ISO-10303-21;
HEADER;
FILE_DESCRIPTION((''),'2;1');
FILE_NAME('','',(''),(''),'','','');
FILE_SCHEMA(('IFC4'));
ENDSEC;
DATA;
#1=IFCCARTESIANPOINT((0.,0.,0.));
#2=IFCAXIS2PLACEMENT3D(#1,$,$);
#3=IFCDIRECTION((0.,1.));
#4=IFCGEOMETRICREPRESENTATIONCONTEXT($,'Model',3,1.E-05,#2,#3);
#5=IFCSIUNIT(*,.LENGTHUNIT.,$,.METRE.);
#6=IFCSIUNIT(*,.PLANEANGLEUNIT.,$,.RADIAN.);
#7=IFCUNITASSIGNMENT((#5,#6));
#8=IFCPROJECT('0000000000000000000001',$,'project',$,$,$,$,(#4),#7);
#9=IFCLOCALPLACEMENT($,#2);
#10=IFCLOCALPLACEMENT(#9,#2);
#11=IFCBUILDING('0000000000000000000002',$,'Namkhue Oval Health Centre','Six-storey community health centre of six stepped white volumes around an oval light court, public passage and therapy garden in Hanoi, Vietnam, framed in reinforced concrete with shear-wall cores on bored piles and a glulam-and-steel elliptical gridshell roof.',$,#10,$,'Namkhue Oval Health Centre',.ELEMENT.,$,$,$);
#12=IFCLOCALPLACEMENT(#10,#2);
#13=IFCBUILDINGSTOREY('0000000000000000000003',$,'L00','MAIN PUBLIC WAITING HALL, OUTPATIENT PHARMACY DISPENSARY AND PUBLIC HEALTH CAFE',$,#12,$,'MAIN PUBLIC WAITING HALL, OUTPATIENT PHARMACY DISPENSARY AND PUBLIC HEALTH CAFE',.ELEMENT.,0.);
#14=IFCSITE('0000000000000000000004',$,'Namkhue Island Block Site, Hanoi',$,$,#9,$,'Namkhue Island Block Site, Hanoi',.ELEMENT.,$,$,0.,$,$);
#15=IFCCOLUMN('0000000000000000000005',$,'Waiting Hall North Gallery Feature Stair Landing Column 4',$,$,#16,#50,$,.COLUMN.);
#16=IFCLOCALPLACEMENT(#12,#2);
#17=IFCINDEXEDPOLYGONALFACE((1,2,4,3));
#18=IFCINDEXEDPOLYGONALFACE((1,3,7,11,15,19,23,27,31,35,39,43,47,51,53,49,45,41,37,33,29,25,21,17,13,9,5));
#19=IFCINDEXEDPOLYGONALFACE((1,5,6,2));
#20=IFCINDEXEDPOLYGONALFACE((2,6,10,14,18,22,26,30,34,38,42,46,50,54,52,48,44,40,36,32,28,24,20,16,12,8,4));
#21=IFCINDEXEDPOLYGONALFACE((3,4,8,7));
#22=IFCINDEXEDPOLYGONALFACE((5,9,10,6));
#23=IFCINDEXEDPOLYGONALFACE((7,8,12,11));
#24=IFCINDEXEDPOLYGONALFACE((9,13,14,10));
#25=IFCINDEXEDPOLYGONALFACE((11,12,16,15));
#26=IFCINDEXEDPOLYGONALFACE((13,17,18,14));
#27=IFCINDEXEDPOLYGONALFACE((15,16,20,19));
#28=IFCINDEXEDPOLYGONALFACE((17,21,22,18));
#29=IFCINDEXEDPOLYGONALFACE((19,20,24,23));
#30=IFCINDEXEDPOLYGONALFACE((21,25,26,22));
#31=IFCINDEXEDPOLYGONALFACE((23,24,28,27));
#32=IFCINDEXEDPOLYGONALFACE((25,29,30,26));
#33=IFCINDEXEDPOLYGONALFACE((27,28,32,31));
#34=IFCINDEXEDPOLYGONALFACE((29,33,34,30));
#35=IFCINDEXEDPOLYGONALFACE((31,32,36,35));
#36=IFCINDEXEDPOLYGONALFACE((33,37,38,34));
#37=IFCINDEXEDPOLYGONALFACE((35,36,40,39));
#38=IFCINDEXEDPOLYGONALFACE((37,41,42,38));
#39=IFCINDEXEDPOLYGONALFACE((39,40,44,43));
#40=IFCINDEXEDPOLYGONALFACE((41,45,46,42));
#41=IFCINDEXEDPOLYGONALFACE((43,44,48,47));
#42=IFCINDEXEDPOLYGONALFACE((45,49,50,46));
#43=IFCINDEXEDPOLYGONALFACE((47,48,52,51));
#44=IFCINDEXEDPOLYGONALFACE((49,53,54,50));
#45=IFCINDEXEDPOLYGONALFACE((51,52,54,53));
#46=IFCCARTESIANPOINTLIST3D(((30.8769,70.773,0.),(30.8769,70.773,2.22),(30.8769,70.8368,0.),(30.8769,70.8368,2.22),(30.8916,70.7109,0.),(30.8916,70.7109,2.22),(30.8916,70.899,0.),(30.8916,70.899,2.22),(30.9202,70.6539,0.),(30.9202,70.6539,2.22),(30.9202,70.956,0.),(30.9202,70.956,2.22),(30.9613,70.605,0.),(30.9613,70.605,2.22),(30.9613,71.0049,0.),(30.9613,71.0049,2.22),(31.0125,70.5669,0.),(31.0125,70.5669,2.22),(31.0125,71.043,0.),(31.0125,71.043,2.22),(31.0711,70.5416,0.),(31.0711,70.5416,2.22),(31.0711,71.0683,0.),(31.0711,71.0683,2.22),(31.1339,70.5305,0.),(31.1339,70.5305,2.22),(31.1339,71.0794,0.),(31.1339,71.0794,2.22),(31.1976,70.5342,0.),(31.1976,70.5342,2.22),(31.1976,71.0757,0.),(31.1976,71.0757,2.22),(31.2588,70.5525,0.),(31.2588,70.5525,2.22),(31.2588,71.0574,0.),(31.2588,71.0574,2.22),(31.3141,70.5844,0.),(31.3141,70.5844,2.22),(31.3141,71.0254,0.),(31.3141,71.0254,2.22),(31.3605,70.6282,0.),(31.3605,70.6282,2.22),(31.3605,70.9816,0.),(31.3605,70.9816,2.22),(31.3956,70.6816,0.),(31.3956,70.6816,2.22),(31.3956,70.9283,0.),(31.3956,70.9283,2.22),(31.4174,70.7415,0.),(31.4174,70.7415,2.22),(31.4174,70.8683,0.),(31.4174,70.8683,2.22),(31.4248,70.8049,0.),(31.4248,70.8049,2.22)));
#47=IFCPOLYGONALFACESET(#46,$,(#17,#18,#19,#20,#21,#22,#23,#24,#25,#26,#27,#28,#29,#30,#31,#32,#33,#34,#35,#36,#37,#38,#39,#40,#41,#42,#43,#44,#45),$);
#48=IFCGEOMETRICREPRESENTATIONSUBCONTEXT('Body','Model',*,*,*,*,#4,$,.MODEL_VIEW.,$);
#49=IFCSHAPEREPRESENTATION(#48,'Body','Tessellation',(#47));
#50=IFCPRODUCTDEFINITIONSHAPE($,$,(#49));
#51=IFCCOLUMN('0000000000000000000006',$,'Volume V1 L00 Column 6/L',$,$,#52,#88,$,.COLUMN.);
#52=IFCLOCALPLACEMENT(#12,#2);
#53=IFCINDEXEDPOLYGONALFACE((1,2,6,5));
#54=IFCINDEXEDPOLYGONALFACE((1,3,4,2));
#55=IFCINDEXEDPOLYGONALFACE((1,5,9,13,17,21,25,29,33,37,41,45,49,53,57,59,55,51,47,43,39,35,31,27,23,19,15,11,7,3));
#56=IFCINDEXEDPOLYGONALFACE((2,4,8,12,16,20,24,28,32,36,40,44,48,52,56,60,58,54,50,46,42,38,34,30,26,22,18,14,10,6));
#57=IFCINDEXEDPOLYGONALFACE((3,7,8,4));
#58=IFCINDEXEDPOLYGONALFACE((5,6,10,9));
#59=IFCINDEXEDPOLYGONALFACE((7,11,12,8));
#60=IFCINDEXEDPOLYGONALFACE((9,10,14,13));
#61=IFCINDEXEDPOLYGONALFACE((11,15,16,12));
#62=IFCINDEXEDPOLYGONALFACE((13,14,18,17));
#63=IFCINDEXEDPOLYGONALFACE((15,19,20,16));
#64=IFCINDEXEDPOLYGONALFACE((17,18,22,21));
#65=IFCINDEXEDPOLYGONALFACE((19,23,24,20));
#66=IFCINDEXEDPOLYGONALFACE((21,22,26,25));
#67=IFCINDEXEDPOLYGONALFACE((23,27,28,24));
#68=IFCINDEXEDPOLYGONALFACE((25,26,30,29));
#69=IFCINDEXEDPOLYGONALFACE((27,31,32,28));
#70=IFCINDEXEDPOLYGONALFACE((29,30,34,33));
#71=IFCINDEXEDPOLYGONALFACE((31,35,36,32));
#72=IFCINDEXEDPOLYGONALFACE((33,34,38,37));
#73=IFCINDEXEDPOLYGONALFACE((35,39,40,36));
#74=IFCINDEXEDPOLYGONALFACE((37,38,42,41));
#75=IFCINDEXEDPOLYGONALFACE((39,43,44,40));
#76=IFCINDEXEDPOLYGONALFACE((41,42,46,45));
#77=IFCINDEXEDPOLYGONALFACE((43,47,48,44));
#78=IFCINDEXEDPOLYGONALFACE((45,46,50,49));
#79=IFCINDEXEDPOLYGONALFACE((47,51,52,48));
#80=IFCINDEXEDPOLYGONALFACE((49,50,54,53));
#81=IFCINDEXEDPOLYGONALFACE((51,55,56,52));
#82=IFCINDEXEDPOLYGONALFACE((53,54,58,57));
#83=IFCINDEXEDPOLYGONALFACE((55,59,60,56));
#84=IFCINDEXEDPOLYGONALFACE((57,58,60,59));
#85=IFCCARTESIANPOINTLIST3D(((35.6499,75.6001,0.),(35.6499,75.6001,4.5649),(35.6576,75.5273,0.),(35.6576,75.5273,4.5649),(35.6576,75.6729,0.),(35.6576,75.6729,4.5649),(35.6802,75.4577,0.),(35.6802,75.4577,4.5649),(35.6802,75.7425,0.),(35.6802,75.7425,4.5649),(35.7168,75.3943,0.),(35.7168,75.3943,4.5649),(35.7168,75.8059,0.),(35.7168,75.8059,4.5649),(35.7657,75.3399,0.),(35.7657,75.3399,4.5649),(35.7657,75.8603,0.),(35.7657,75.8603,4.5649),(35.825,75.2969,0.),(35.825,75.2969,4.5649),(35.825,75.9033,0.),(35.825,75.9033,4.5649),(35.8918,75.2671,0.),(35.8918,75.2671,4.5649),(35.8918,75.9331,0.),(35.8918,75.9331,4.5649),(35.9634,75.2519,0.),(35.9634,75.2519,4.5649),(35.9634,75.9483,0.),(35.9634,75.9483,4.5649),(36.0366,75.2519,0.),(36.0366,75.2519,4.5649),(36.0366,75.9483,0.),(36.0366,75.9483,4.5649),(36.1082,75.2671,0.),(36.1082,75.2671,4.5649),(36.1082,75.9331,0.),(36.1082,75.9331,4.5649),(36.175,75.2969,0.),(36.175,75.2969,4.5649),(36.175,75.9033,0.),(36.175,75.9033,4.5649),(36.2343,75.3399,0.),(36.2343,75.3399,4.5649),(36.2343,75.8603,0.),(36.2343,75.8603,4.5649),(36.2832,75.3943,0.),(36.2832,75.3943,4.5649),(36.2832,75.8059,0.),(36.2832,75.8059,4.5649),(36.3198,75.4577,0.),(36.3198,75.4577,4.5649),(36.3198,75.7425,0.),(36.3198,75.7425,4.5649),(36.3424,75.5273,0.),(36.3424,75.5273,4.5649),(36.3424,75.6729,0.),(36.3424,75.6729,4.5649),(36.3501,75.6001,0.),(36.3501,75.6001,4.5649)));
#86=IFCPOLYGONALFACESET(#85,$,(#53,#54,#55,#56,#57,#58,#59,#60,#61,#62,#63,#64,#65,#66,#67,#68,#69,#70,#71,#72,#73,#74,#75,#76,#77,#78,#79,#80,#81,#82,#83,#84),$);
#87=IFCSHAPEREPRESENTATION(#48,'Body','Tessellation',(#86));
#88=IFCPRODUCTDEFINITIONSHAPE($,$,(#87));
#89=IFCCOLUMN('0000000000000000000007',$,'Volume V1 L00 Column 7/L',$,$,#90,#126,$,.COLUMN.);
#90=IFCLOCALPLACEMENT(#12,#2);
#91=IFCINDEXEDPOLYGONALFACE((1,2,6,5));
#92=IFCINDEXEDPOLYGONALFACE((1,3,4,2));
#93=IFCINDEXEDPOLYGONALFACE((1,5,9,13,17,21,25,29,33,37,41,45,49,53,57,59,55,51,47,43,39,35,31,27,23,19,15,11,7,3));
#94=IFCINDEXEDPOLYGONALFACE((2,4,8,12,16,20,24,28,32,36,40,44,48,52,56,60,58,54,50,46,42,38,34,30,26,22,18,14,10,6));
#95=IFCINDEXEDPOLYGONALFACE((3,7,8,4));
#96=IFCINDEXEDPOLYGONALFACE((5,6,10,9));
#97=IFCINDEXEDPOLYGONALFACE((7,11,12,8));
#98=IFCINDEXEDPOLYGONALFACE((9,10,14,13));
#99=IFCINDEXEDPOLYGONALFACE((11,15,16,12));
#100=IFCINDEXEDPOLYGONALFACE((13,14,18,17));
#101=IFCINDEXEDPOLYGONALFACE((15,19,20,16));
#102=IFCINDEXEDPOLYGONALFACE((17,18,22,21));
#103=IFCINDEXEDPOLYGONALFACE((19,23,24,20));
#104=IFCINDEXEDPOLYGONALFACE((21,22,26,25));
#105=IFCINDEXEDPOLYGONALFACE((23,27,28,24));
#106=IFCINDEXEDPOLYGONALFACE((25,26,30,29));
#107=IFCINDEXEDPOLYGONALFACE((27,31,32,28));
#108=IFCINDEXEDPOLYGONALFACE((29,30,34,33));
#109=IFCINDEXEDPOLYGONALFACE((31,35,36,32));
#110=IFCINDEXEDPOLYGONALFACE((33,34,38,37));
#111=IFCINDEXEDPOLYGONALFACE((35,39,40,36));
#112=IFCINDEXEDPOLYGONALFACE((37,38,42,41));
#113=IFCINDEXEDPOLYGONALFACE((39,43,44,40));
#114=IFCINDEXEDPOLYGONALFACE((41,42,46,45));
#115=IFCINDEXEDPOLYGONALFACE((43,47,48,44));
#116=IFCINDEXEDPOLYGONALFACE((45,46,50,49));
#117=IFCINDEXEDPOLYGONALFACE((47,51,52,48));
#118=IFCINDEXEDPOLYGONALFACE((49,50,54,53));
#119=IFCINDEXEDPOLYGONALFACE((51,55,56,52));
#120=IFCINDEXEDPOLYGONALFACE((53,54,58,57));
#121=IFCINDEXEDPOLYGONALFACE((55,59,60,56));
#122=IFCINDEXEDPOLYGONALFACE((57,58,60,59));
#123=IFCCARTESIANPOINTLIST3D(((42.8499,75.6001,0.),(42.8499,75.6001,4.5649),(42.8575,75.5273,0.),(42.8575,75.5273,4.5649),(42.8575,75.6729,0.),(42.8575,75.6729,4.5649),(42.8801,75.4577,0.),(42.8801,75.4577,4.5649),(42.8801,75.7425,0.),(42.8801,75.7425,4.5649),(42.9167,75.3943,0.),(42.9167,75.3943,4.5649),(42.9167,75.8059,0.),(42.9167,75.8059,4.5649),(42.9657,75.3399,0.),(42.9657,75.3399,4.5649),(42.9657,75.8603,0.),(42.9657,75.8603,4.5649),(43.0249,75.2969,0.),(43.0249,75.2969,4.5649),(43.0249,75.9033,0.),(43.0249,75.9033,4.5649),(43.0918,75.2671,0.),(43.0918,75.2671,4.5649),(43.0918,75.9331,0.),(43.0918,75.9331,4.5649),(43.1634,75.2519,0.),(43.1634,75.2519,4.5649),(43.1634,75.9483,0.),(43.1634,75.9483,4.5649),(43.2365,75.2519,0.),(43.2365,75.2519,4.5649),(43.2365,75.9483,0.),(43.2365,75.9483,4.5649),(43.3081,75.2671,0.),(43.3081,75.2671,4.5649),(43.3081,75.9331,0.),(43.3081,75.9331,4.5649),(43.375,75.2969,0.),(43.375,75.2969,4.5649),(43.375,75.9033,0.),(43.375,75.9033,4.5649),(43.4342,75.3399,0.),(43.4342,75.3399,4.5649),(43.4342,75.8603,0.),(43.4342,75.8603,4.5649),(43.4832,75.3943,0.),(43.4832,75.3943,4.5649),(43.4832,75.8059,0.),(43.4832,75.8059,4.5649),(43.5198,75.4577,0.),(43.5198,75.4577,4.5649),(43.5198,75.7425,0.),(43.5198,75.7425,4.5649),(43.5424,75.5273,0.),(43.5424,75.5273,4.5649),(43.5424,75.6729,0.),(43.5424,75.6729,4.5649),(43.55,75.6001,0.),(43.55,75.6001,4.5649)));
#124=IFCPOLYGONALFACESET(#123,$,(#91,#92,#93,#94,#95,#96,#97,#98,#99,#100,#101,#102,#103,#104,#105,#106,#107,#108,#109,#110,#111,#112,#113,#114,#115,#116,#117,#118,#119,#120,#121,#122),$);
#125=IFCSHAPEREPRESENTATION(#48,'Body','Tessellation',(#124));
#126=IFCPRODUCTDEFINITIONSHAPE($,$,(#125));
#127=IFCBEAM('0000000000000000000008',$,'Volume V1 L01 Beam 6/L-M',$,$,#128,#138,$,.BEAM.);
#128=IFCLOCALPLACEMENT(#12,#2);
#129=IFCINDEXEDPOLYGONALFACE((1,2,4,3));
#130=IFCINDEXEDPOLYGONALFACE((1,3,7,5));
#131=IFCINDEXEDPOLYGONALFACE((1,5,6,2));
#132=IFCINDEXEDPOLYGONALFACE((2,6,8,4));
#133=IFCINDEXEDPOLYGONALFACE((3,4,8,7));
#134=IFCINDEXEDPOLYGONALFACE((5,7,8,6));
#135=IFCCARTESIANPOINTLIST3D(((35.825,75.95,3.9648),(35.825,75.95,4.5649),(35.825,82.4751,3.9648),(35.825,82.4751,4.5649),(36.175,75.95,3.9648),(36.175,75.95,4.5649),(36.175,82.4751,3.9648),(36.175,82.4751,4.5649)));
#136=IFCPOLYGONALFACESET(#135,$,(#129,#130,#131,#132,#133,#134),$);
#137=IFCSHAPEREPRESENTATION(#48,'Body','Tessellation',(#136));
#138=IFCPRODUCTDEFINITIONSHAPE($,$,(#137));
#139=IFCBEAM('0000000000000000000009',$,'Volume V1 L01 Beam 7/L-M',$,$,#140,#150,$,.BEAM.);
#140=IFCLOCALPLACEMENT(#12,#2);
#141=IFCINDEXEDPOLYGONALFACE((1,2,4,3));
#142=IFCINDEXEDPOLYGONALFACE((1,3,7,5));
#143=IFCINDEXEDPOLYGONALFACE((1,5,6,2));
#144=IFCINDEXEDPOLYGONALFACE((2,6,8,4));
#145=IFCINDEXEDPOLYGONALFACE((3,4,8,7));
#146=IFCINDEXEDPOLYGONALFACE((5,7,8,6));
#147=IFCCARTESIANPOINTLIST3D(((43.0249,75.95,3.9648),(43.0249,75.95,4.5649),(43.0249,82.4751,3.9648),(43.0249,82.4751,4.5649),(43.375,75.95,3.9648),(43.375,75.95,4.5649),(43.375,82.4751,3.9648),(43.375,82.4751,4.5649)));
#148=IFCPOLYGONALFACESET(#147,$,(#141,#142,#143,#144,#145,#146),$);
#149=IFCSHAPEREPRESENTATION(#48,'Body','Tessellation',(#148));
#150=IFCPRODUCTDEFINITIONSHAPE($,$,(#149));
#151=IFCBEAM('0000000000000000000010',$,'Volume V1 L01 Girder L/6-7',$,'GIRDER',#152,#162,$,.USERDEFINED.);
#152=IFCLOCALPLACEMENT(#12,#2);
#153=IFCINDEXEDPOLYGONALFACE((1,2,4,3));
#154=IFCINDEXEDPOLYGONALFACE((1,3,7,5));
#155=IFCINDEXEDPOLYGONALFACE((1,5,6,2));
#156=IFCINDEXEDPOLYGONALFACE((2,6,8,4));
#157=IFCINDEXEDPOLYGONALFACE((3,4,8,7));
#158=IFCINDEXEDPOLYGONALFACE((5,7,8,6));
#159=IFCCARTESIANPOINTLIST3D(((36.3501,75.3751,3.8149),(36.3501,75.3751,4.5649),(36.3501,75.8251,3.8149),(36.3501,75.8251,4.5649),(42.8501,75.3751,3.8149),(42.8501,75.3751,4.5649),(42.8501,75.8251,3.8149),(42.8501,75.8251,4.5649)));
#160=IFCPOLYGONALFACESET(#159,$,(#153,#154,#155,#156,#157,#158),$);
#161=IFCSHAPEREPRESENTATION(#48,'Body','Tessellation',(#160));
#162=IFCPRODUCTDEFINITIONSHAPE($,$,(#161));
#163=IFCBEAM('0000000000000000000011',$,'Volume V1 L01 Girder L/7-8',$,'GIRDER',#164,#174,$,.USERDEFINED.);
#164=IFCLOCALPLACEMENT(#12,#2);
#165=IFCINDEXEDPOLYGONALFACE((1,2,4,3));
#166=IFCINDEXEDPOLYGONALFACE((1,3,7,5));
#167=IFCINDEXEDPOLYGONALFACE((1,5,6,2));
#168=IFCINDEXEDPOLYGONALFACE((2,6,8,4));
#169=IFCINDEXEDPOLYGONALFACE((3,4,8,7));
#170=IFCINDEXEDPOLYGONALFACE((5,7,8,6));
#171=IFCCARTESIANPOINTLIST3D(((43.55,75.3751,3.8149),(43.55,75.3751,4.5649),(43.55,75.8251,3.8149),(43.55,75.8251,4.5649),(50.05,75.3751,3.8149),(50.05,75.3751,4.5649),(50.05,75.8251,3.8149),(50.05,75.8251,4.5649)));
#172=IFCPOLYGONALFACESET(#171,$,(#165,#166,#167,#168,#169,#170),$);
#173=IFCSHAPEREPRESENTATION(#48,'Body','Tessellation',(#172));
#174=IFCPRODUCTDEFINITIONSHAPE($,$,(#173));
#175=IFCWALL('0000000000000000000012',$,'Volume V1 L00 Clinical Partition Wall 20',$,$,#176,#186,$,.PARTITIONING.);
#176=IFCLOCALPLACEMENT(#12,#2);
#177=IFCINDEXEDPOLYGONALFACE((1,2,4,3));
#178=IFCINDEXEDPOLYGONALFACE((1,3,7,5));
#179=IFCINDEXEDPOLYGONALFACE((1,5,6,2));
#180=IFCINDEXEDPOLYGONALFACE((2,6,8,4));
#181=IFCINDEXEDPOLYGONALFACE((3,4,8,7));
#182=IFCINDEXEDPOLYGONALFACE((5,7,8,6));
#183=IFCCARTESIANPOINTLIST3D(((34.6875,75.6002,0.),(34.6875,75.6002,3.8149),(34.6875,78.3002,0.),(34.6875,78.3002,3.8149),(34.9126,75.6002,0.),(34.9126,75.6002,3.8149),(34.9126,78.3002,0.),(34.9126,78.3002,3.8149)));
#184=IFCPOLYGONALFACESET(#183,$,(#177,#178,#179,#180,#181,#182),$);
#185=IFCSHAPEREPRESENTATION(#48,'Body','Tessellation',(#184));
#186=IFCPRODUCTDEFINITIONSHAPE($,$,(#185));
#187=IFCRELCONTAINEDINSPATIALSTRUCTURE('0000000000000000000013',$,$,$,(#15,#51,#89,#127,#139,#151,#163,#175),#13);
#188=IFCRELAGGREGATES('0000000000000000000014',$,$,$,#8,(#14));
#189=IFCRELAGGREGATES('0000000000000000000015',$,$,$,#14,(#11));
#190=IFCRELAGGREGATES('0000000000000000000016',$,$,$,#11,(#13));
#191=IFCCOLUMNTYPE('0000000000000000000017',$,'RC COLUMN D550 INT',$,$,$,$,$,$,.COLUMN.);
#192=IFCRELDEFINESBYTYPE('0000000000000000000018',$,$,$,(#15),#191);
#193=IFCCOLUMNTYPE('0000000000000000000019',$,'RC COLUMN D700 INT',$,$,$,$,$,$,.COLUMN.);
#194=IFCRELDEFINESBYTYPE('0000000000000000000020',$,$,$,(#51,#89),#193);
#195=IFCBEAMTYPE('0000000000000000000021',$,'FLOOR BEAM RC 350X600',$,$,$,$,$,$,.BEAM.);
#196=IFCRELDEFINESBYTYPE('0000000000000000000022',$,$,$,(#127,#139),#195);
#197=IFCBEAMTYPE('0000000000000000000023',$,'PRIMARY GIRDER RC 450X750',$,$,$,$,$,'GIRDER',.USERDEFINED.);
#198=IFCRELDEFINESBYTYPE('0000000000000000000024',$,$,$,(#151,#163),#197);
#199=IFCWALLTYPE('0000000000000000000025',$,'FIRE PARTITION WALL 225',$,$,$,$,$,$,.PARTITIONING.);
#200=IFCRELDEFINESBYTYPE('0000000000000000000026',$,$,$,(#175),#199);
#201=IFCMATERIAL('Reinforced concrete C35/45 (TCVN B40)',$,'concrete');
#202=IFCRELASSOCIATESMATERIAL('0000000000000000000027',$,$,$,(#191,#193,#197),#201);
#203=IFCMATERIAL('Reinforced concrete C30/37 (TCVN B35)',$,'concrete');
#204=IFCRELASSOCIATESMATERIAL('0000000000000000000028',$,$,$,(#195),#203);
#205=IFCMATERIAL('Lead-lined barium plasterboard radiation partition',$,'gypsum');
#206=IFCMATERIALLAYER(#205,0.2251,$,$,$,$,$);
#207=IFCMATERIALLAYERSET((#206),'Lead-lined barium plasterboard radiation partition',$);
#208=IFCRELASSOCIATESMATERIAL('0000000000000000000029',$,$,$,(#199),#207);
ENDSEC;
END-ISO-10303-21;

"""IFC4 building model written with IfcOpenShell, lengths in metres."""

from ifc_helpers import new_model, si_unit, direction, frame, frame_2d, origin, origin_2d, place, context, subcontext, project, spatial, rectangle, circle, extrude, material, layer, layer_set, material_profile, profile_set, type_object, element, save


model = new_model("IFC4")

# Units and contexts
model_context = context("Model", 3, precision=1e-05, world=origin(), true_north=direction((0.0, 1.0)))
body_context = subcontext(model_context, "Body", "Model", "MODEL_VIEW")
ifc_project = project(units=[si_unit("LENGTHUNIT", "METRE"), si_unit("PLANEANGLEUNIT", "RADIAN")], contexts=[model_context])

# Site, building, storey
site_placement = place(None, origin())
site = spatial("IfcSite", under=ifc_project, at=site_placement, Name="Namkhue Island Block Site, Hanoi", LongName="Namkhue Island Block Site, Hanoi", CompositionType="ELEMENT", RefElevation=0.0)
building_placement = place(site_placement, origin())
building = spatial("IfcBuilding", under=site, at=building_placement, Name="Namkhue Oval Health Centre", Description="Six-storey community health centre of six stepped white volumes around an oval light court, public passage and therapy garden in Hanoi, Vietnam, framed in reinforced concrete with shear-wall cores on bored piles and a glulam-and-steel elliptical gridshell roof.", LongName="Namkhue Oval Health Centre", CompositionType="ELEMENT")
storey_placement = place(building_placement, origin())
storey = spatial("IfcBuildingStorey", under=building, at=storey_placement, Name="L00", Description="MAIN PUBLIC WAITING HALL, OUTPATIENT PHARMACY DISPENSARY AND PUBLIC HEALTH CAFE", LongName="MAIN PUBLIC WAITING HALL, OUTPATIENT PHARMACY DISPENSARY AND PUBLIC HEALTH CAFE", CompositionType="ELEMENT", Elevation=0.0)

# Shared definitions
ifc_material_1 = material(Name="Reinforced concrete C30/37 (TCVN B35)", Category="concrete")

# Columns
ifc_material_2 = material(Name="Reinforced concrete C35/45 (TCVN B40)", Category="concrete")
ifc_material_profile_1 = material_profile(ifc_material_2, circle(Radius=0.2749, at=origin_2d()), Name="RC D550")
ifc_profile_set_1 = profile_set([ifc_material_profile_1], Name="Reinforced concrete C35/45 (TCVN B40)")
column_type_1 = type_object("IfcColumnType", Name="RC COLUMN D550 INT", PredefinedType="COLUMN", material=ifc_profile_set_1)
for number, where, z_axis, x_axis, name in (
    (1, (31.1499, 70.8049, 0.0), (0.0, 0.0, 1.0), (1.0, 0.0, 0.0), "Waiting Hall North Gallery Feature Stair Landing Column 4"),
):
    element("IfcColumn", number, at=place(storey_placement, frame(where, z_axis=z_axis, x_axis=x_axis)), inside=storey, type_object=column_type_1, Name=name, PredefinedType="COLUMN", context=body_context, shape_type="SweptSolid", body=[
        extrude(circle(Radius=0.2749, at=origin_2d()), origin(), (0.0, 0.0, 1.0), 2.22),
    ])
ifc_material_profile_2 = material_profile(ifc_material_2, circle(Radius=0.3501, at=origin_2d()), Name="RC D700")
ifc_profile_set_2 = profile_set([ifc_material_profile_2], Name="Reinforced concrete C35/45 (TCVN B40)")
column_type_2 = type_object("IfcColumnType", Name="RC COLUMN D700 INT", PredefinedType="COLUMN", material=ifc_profile_set_2)
for number, where, z_axis, x_axis, name in (
    (2, (36.0, 75.6001, 0.0), (0.0, 0.0, 1.0), (1.0, 0.0, 0.0), "Volume V1 L00 Column 6/L"),
    (3, (43.2, 75.6001, 0.0), (0.0, 0.0, 1.0), (1.0, 0.0, 0.0), "Volume V1 L00 Column 7/L"),
):
    element("IfcColumn", number, at=place(storey_placement, frame(where, z_axis=z_axis, x_axis=x_axis)), inside=storey, type_object=column_type_2, Name=name, PredefinedType="COLUMN", context=body_context, shape_type="SweptSolid", body=[
        extrude(circle(Radius=0.3501, at=origin_2d()), origin(), (0.0, 0.0, 1.0), 4.5649),
    ])

# Beams
ifc_material_profile_3 = material_profile(ifc_material_1, rectangle(XDim=0.3501, YDim=0.6001, at=origin_2d()), Name="RC 350x600")
ifc_profile_set_3 = profile_set([ifc_material_profile_3], Name="Reinforced concrete C30/37 (TCVN B35)")
beam_type_1 = type_object("IfcBeamType", Name="FLOOR BEAM RC 350X600", PredefinedType="BEAM", material=ifc_profile_set_3)
for number, where, z_axis, x_axis, name in (
    (4, (36.0, 75.95, 4.2649), (0.0, 1.0, 0.0), (-1.0, 0.0, 0.0), "Volume V1 L01 Beam 6/L-M"),
    (5, (43.2, 75.95, 4.2649), (0.0, 1.0, 0.0), (-1.0, 0.0, 0.0), "Volume V1 L01 Beam 7/L-M"),
):
    element("IfcBeam", number, at=place(storey_placement, frame(where, z_axis=z_axis, x_axis=x_axis)), inside=storey, type_object=beam_type_1, Name=name, PredefinedType="BEAM", context=body_context, shape_type="SweptSolid", body=[
        extrude(rectangle(XDim=0.3501, YDim=0.6001, at=origin_2d()), origin(), (0.0, 0.0, 1.0), 6.5251),
    ])
ifc_material_profile_4 = material_profile(ifc_material_2, rectangle(XDim=0.45, YDim=0.75, at=origin_2d()), Name="RC 450x750")
ifc_profile_set_4 = profile_set([ifc_material_profile_4], Name="Reinforced concrete C35/45 (TCVN B40)")
beam_type_2 = type_object("IfcBeamType", Name="PRIMARY GIRDER RC 450X750", ElementType="GIRDER", PredefinedType="USERDEFINED", material=ifc_profile_set_4)
for number, where, z_axis, x_axis, name in (
    (6, (36.3501, 75.6001, 4.1899), (1.0, 0.0, 0.0), (0.0, 1.0, 0.0), "Volume V1 L01 Girder L/6-7"),
    (7, (43.55, 75.6001, 4.1899), (1.0, 0.0, 0.0), (0.0, 1.0, 0.0), "Volume V1 L01 Girder L/7-8"),
):
    element("IfcBeam", number, at=place(storey_placement, frame(where, z_axis=z_axis, x_axis=x_axis)), inside=storey, type_object=beam_type_2, Name=name, ObjectType="GIRDER", PredefinedType="USERDEFINED", context=body_context, shape_type="SweptSolid", body=[
        extrude(rectangle(XDim=0.45, YDim=0.75, at=origin_2d()), origin(), (0.0, 0.0, 1.0), 6.5),
    ])

# Wall
ifc_material_3 = material(Name="Lead-lined barium plasterboard radiation partition", Category="gypsum")
ifc_layer_1 = layer(ifc_material_3, 0.2251)
ifc_layer_set_1 = layer_set([ifc_layer_1], Name="Lead-lined barium plasterboard radiation partition")
wall_type = type_object("IfcWallType", Name="FIRE PARTITION WALL 225", PredefinedType="PARTITIONING", material=ifc_layer_set_1)
wall_placement = place(storey_placement, frame((34.8, 75.6001, 0.0), z_axis=(0.0, 0.0, 1.0), x_axis=(0.0, 1.0, 0.0)))
element("IfcWall", 8, at=wall_placement, inside=storey, type_object=wall_type, Name="Volume V1 L00 Clinical Partition Wall 20", PredefinedType="PARTITIONING", context=body_context, shape_type="SweptSolid", body=[
    extrude(rectangle(XDim=2.7, YDim=0.2251, at=frame_2d((1.3501, 0.0))), origin(), (0.0, 0.0, 1.0), 3.8149),
])

save(model, "model.ifc")
